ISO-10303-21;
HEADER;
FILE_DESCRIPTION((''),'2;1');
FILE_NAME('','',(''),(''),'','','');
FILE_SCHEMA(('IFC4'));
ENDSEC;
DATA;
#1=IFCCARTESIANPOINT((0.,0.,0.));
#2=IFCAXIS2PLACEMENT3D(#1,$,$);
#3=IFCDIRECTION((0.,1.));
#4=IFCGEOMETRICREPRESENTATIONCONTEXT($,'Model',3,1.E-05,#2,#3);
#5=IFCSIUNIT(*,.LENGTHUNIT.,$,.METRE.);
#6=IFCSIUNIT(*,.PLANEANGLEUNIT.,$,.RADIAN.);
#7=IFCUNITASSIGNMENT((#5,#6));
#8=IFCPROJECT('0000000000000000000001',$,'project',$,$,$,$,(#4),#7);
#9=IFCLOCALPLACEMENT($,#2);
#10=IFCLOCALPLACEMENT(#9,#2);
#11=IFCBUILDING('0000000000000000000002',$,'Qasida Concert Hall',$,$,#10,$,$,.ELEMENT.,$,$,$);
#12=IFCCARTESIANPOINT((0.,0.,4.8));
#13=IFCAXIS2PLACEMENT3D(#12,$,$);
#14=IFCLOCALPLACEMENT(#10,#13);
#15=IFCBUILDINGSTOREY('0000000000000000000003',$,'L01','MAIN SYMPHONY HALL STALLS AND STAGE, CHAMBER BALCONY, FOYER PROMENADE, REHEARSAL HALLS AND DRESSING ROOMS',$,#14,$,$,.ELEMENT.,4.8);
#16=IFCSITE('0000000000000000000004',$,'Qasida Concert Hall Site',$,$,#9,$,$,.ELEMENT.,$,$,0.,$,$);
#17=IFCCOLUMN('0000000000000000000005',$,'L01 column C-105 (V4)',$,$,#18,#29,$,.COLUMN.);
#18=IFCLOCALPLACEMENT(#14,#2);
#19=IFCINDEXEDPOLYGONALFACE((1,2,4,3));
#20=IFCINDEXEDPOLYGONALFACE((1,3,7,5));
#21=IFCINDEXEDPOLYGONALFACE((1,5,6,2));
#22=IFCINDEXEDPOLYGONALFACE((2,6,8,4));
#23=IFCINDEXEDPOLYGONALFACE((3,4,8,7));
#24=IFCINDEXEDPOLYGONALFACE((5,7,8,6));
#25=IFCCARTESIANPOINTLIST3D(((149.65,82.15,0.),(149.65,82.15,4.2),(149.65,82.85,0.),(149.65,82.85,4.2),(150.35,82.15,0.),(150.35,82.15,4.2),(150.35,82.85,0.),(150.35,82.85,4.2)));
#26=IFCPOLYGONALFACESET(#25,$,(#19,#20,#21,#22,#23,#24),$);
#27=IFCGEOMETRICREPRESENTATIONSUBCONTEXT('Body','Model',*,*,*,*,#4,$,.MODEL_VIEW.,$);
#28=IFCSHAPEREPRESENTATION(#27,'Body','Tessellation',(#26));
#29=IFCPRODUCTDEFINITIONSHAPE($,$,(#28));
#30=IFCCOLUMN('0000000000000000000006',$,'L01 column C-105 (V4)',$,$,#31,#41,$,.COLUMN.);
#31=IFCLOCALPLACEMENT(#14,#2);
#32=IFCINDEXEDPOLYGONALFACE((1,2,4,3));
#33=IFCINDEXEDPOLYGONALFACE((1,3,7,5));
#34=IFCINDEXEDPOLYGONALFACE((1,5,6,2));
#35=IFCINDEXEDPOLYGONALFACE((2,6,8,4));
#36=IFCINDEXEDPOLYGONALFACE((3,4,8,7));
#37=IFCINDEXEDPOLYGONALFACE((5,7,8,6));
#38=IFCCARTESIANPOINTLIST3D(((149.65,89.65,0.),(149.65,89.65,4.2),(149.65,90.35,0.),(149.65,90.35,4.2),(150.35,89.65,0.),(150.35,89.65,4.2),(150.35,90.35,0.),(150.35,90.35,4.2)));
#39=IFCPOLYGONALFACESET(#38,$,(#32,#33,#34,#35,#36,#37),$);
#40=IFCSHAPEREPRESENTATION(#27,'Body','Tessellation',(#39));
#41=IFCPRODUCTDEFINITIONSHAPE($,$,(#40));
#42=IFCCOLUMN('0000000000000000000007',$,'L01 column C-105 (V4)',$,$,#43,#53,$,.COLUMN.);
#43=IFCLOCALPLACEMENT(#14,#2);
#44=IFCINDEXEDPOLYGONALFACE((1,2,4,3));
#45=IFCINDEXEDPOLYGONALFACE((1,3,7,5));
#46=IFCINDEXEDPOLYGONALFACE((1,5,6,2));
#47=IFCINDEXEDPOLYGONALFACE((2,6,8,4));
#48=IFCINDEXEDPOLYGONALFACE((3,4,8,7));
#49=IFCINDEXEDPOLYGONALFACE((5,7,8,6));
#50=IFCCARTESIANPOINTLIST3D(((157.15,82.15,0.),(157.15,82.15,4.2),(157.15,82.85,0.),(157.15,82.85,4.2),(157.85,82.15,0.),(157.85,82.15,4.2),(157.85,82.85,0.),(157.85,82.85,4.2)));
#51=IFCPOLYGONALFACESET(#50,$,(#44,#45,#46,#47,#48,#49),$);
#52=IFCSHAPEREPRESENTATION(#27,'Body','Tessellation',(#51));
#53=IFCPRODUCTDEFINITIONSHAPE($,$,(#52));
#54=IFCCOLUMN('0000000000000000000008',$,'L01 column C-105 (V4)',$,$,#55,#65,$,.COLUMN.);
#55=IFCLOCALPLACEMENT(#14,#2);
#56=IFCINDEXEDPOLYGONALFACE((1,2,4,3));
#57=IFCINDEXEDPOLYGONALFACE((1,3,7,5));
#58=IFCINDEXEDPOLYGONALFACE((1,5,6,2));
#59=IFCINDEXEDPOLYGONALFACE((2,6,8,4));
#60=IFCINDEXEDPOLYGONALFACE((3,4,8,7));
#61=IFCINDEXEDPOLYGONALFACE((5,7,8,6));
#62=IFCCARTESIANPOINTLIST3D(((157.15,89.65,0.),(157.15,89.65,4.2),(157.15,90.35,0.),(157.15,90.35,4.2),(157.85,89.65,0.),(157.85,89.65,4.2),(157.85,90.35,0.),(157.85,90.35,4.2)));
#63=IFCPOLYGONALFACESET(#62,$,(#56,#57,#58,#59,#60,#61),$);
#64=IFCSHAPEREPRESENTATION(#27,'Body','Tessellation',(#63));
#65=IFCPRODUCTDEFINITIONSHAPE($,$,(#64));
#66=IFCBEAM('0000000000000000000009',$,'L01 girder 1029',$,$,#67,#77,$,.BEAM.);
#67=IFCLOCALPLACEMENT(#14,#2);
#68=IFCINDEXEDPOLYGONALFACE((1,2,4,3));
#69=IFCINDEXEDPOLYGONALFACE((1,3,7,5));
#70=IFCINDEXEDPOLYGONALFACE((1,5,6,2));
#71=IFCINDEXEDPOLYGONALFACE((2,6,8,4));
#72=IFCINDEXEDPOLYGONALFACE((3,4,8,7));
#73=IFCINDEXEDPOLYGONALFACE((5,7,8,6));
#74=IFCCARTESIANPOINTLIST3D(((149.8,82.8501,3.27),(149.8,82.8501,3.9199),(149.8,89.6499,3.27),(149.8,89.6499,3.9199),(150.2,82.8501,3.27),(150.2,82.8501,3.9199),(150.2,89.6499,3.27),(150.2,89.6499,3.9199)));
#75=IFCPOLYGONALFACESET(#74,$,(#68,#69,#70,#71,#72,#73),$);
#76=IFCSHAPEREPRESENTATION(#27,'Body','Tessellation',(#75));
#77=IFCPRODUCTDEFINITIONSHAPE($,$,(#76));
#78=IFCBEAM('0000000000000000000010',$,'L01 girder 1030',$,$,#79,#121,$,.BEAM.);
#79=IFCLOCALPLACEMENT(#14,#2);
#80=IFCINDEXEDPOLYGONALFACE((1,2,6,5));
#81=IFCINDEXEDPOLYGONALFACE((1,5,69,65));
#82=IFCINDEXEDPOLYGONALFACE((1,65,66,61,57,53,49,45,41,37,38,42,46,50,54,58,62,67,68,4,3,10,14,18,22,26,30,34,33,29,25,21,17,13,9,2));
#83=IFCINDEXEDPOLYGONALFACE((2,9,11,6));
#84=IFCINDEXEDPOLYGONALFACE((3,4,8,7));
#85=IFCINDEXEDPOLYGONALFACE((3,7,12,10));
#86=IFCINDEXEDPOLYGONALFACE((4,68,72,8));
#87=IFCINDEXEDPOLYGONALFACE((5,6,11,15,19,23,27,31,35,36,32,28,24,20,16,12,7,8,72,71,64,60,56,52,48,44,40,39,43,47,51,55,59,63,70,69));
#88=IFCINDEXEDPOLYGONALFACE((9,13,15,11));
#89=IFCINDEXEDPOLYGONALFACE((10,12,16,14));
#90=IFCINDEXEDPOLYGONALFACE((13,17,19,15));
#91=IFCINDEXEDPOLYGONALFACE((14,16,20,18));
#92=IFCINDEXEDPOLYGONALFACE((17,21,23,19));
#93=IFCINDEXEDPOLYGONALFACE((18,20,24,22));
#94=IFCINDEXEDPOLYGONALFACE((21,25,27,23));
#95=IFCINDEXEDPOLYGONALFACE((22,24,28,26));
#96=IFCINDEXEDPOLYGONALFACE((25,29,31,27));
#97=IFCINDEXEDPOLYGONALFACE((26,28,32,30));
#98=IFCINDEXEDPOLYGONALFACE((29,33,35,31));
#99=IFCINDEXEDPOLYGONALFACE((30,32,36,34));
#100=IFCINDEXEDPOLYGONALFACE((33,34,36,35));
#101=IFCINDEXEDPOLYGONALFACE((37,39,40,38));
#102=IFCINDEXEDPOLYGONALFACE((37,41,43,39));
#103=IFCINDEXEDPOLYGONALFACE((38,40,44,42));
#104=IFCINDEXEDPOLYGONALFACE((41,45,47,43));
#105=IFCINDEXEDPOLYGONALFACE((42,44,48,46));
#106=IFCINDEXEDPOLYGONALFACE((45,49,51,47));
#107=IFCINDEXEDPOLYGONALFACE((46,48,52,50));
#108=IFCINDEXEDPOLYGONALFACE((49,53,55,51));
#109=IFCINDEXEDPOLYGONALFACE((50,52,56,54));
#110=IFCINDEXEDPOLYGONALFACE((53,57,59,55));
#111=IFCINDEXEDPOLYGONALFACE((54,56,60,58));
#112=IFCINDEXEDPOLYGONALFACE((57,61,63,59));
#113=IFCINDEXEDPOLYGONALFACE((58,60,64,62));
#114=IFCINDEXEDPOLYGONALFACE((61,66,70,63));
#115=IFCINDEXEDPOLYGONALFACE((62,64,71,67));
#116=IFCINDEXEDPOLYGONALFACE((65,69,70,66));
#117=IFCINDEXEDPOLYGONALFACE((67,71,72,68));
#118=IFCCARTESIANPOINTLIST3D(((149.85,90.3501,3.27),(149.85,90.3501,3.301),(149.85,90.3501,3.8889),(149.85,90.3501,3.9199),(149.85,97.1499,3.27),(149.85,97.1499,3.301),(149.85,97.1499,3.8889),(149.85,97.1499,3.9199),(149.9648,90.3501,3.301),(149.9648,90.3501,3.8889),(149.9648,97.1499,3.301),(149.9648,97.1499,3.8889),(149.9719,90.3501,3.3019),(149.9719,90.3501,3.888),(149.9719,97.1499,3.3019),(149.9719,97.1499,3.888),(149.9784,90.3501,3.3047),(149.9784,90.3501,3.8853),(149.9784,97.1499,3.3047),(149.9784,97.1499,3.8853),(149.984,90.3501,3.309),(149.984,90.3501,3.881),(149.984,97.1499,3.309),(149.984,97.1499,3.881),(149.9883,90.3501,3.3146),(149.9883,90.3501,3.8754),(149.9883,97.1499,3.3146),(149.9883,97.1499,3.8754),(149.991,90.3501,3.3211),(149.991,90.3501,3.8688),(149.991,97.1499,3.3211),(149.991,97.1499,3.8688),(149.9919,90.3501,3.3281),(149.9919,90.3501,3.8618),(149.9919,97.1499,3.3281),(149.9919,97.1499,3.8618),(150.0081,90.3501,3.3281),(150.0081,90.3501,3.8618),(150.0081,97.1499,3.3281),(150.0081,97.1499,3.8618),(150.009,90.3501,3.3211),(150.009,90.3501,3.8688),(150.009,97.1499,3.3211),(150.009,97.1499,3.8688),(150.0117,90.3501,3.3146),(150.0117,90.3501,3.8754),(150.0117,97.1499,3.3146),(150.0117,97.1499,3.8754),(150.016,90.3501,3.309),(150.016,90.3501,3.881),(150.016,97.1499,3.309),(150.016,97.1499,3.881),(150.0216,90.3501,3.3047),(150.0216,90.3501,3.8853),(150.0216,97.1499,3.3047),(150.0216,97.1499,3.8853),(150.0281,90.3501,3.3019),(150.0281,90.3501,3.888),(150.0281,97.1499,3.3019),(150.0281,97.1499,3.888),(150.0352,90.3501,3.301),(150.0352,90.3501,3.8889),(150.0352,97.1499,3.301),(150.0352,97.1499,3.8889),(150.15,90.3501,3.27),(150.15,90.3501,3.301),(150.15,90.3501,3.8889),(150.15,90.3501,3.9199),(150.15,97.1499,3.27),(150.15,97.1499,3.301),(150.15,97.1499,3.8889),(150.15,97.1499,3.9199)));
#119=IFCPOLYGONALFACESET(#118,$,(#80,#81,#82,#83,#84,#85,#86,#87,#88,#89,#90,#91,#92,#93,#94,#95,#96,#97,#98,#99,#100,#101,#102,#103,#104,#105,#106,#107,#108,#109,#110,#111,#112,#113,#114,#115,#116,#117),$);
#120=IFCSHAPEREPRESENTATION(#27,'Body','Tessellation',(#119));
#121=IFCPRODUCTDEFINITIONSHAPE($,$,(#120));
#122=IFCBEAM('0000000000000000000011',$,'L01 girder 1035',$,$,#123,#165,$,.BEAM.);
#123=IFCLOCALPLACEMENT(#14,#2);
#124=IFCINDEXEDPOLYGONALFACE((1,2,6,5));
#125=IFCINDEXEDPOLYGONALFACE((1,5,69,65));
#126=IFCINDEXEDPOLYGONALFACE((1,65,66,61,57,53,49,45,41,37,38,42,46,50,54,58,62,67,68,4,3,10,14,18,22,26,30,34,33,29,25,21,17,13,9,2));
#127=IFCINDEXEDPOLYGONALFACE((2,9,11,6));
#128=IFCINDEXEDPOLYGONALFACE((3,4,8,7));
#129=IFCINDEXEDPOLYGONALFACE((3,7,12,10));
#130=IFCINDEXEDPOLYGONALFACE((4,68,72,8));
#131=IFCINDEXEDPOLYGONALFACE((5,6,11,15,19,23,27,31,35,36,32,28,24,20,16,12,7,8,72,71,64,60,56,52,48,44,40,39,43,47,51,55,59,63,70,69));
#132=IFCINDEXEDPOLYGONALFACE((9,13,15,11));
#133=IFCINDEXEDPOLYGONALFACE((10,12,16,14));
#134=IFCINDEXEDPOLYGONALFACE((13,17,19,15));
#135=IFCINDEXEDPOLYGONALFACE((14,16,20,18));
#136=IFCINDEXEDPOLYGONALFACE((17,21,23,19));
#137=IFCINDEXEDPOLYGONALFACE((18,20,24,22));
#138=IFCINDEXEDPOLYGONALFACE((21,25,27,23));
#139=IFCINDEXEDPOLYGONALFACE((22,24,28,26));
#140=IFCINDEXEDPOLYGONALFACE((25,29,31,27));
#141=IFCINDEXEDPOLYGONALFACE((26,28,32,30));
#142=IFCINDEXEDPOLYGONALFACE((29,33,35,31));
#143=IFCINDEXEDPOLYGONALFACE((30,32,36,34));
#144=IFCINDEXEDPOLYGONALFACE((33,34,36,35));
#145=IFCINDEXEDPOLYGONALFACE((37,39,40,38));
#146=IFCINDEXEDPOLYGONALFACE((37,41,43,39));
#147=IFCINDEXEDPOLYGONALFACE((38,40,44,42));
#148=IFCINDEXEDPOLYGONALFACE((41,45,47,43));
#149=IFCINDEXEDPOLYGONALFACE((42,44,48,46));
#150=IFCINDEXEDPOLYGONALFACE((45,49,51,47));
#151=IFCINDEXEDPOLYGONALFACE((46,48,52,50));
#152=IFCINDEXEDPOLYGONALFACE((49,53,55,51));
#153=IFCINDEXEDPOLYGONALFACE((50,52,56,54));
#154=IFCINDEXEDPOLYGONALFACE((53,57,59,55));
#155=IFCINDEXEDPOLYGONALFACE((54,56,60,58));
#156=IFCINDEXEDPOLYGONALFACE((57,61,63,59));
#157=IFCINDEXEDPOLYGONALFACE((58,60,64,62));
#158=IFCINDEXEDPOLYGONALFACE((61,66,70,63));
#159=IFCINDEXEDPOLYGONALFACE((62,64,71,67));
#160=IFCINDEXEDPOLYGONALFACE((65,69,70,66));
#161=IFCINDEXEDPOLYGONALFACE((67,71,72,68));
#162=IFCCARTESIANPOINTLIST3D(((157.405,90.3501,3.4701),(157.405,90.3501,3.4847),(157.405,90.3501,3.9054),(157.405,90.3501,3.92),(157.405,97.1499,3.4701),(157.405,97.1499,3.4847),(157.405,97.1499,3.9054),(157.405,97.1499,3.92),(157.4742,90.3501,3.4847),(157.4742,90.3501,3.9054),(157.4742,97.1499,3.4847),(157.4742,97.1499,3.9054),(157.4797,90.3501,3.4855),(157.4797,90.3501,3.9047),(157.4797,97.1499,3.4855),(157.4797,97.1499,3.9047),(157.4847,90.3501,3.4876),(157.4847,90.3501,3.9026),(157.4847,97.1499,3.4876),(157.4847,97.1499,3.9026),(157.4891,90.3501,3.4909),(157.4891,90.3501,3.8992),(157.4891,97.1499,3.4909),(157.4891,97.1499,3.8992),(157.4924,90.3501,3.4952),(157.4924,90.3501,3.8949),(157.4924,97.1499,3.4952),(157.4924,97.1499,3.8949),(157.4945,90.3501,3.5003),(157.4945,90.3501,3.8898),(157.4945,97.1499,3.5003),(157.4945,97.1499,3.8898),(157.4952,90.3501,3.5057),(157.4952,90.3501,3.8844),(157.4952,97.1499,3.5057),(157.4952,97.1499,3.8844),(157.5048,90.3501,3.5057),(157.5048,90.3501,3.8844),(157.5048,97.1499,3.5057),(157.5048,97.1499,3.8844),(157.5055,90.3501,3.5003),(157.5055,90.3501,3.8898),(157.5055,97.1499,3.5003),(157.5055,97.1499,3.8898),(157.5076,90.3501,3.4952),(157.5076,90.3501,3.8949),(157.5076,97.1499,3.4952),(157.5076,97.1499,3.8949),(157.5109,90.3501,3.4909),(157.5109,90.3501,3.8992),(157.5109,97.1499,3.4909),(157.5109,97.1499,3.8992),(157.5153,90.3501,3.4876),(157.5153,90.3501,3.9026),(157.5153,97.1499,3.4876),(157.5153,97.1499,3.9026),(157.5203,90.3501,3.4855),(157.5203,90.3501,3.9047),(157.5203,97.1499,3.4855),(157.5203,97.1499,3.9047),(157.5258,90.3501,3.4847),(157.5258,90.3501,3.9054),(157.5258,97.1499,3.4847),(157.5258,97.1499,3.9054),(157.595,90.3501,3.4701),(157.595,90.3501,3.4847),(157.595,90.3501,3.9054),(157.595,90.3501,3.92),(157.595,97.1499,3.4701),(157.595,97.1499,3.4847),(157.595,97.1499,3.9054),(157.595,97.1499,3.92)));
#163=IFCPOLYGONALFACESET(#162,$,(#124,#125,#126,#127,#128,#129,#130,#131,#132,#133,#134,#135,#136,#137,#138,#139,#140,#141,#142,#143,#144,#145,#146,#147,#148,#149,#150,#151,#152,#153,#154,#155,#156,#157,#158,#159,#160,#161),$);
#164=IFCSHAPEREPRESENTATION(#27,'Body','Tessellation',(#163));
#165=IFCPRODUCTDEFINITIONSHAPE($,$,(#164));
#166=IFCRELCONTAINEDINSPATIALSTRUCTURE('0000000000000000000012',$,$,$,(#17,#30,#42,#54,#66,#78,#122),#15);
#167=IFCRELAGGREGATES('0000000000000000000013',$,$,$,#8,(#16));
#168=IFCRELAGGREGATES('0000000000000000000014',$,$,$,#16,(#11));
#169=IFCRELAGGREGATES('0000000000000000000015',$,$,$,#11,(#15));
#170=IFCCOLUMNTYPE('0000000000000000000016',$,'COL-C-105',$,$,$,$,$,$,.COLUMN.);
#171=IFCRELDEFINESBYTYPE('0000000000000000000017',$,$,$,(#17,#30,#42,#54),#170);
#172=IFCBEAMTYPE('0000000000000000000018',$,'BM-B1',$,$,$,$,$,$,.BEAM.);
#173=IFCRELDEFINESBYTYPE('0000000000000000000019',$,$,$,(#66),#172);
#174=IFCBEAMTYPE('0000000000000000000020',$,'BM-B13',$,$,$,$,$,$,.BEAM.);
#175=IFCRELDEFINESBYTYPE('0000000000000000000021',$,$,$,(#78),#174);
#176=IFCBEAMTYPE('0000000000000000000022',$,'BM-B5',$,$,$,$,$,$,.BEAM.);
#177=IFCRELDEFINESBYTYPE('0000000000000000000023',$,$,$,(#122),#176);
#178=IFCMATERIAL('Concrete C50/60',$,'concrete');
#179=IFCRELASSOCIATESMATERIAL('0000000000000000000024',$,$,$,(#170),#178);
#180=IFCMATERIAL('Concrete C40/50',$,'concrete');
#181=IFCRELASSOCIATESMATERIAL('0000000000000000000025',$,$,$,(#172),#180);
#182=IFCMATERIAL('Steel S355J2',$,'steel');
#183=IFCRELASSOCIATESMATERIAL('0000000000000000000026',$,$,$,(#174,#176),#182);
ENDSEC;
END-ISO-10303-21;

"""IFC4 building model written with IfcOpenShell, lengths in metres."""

from ifc_helpers import new_model, si_unit, direction, frame, origin, origin_2d, place, context, subcontext, project, spatial, rectangle, i_section, extrude, material, material_profile, profile_set, type_object, element, save


model = new_model("IFC4")

# Units and contexts
model_context = context("Model", 3, precision=1e-05, world=origin(), true_north=direction((0.0, 1.0)))
body_context = subcontext(model_context, "Body", "Model", "MODEL_VIEW")
ifc_project = project(units=[si_unit("LENGTHUNIT", "METRE"), si_unit("PLANEANGLEUNIT", "RADIAN")], contexts=[model_context])

# Site, building, storey
site_placement = place(None, origin())
site = spatial("IfcSite", under=ifc_project, at=site_placement, Name="Qasida Concert Hall Site", CompositionType="ELEMENT", RefElevation=0.0)
building_placement = place(site_placement, origin())
building = spatial("IfcBuilding", under=site, at=building_placement, Name="Qasida Concert Hall", CompositionType="ELEMENT")
storey_placement = place(building_placement, frame((0.0, 0.0, 4.8)))
storey = spatial("IfcBuildingStorey", under=building, at=storey_placement, Name="L01", Description="MAIN SYMPHONY HALL STALLS AND STAGE, CHAMBER BALCONY, FOYER PROMENADE, REHEARSAL HALLS AND DRESSING ROOMS", CompositionType="ELEMENT", Elevation=4.8)

# Columns
ifc_material_1 = material(Name="Concrete C50/60", Category="concrete")
ifc_material_profile_1 = material_profile(ifc_material_1, rectangle(XDim=0.7, YDim=0.7, at=origin_2d()), Name="RC 700x700")
ifc_profile_set_1 = profile_set([ifc_material_profile_1], Name="Concrete C50/60")
column_type = type_object("IfcColumnType", Name="COL-C-105", PredefinedType="COLUMN", material=ifc_profile_set_1)
for number, where, z_axis, x_axis, name in (
    (1, (150.0, 82.5, 0.0), (0.0, 0.0, 1.0), (1.0, 0.0, 0.0), "L01 column C-105 (V4)"),
    (2, (150.0, 90.0, 0.0), (0.0, 0.0, 1.0), (1.0, 0.0, 0.0), "L01 column C-105 (V4)"),
    (3, (157.5, 82.5, 0.0), (0.0, 0.0, 1.0), (1.0, 0.0, 0.0), "L01 column C-105 (V4)"),
    (4, (157.5, 90.0, 0.0), (0.0, 0.0, 1.0), (1.0, 0.0, 0.0), "L01 column C-105 (V4)"),
):
    element("IfcColumn", number, at=place(storey_placement, frame(where, z_axis=z_axis, x_axis=x_axis)), inside=storey, type_object=column_type, Name=name, PredefinedType="COLUMN", context=body_context, shape_type="SweptSolid", body=[
        extrude(rectangle(XDim=0.7, YDim=0.7, at=origin_2d()), origin(), (0.0, 0.0, 1.0), 4.2),
    ])

# Beams
ifc_material_2 = material(Name="Concrete C40/50", Category="concrete")
ifc_material_profile_2 = material_profile(ifc_material_2, rectangle(XDim=0.3999, YDim=0.6499, at=origin_2d()), Name="RC 400x650")
ifc_profile_set_2 = profile_set([ifc_material_profile_2], Name="Concrete C40/50")
beam_type_1 = type_object("IfcBeamType", Name="BM-B1", PredefinedType="BEAM", material=ifc_profile_set_2)
beam_1_placement = place(storey_placement, frame((150.0, 82.8501, 3.595), z_axis=(0.0, 1.0, 0.0), x_axis=(-1.0, 0.0, 0.0)))
element("IfcBeam", 5, at=beam_1_placement, inside=storey, type_object=beam_type_1, Name="L01 girder 1029", PredefinedType="BEAM", context=body_context, shape_type="SweptSolid", body=[
    extrude(rectangle(XDim=0.3999, YDim=0.6499, at=origin_2d()), origin(), (0.0, 0.0, 1.0), 6.7998),
])
ifc_material_3 = material(Name="Steel S355J2", Category="steel")
ifc_material_profile_3 = material_profile(ifc_material_3, i_section(OverallWidth=0.3, OverallDepth=0.6499, WebThickness=0.0161, FlangeThickness=0.031, FilletRadius=0.0271, at=origin_2d()), Name="HEB 650")
ifc_profile_set_3 = profile_set([ifc_material_profile_3], Name="Steel S355J2")
beam_type_2 = type_object("IfcBeamType", Name="BM-B13", PredefinedType="BEAM", material=ifc_profile_set_3)
beam_2_placement = place(storey_placement, frame((150.0, 90.3501, 3.595), z_axis=(0.0, 1.0, 0.0), x_axis=(-1.0, 0.0, 0.0)))
element("IfcBeam", 6, at=beam_2_placement, inside=storey, type_object=beam_type_2, Name="L01 girder 1030", PredefinedType="BEAM", context=body_context, shape_type="SweptSolid", body=[
    extrude(i_section(OverallWidth=0.3, OverallDepth=0.6499, WebThickness=0.0161, FlangeThickness=0.031, FilletRadius=0.0271, at=origin_2d()), origin(), (0.0, 0.0, 1.0), 6.7998),
])
ifc_material_profile_4 = material_profile(ifc_material_3, i_section(OverallWidth=0.1899, OverallDepth=0.45, WebThickness=0.0095, FlangeThickness=0.0146, FilletRadius=0.021, at=origin_2d()), Name="IPE 450")
ifc_profile_set_4 = profile_set([ifc_material_profile_4], Name="Steel S355J2")
beam_type_3 = type_object("IfcBeamType", Name="BM-B5", PredefinedType="BEAM", material=ifc_profile_set_4)
beam_3_placement = place(storey_placement, frame((157.5, 90.3501, 3.6951), z_axis=(0.0, 1.0, 0.0), x_axis=(-1.0, 0.0, 0.0)))
element("IfcBeam", 7, at=beam_3_placement, inside=storey, type_object=beam_type_3, Name="L01 girder 1035", PredefinedType="BEAM", context=body_context, shape_type="SweptSolid", body=[
    extrude(i_section(OverallWidth=0.1899, OverallDepth=0.45, WebThickness=0.0095, FlangeThickness=0.0146, FilletRadius=0.021, at=origin_2d()), origin(), (0.0, 0.0, 1.0), 6.7998),
])

save(model, "model.ifc")
